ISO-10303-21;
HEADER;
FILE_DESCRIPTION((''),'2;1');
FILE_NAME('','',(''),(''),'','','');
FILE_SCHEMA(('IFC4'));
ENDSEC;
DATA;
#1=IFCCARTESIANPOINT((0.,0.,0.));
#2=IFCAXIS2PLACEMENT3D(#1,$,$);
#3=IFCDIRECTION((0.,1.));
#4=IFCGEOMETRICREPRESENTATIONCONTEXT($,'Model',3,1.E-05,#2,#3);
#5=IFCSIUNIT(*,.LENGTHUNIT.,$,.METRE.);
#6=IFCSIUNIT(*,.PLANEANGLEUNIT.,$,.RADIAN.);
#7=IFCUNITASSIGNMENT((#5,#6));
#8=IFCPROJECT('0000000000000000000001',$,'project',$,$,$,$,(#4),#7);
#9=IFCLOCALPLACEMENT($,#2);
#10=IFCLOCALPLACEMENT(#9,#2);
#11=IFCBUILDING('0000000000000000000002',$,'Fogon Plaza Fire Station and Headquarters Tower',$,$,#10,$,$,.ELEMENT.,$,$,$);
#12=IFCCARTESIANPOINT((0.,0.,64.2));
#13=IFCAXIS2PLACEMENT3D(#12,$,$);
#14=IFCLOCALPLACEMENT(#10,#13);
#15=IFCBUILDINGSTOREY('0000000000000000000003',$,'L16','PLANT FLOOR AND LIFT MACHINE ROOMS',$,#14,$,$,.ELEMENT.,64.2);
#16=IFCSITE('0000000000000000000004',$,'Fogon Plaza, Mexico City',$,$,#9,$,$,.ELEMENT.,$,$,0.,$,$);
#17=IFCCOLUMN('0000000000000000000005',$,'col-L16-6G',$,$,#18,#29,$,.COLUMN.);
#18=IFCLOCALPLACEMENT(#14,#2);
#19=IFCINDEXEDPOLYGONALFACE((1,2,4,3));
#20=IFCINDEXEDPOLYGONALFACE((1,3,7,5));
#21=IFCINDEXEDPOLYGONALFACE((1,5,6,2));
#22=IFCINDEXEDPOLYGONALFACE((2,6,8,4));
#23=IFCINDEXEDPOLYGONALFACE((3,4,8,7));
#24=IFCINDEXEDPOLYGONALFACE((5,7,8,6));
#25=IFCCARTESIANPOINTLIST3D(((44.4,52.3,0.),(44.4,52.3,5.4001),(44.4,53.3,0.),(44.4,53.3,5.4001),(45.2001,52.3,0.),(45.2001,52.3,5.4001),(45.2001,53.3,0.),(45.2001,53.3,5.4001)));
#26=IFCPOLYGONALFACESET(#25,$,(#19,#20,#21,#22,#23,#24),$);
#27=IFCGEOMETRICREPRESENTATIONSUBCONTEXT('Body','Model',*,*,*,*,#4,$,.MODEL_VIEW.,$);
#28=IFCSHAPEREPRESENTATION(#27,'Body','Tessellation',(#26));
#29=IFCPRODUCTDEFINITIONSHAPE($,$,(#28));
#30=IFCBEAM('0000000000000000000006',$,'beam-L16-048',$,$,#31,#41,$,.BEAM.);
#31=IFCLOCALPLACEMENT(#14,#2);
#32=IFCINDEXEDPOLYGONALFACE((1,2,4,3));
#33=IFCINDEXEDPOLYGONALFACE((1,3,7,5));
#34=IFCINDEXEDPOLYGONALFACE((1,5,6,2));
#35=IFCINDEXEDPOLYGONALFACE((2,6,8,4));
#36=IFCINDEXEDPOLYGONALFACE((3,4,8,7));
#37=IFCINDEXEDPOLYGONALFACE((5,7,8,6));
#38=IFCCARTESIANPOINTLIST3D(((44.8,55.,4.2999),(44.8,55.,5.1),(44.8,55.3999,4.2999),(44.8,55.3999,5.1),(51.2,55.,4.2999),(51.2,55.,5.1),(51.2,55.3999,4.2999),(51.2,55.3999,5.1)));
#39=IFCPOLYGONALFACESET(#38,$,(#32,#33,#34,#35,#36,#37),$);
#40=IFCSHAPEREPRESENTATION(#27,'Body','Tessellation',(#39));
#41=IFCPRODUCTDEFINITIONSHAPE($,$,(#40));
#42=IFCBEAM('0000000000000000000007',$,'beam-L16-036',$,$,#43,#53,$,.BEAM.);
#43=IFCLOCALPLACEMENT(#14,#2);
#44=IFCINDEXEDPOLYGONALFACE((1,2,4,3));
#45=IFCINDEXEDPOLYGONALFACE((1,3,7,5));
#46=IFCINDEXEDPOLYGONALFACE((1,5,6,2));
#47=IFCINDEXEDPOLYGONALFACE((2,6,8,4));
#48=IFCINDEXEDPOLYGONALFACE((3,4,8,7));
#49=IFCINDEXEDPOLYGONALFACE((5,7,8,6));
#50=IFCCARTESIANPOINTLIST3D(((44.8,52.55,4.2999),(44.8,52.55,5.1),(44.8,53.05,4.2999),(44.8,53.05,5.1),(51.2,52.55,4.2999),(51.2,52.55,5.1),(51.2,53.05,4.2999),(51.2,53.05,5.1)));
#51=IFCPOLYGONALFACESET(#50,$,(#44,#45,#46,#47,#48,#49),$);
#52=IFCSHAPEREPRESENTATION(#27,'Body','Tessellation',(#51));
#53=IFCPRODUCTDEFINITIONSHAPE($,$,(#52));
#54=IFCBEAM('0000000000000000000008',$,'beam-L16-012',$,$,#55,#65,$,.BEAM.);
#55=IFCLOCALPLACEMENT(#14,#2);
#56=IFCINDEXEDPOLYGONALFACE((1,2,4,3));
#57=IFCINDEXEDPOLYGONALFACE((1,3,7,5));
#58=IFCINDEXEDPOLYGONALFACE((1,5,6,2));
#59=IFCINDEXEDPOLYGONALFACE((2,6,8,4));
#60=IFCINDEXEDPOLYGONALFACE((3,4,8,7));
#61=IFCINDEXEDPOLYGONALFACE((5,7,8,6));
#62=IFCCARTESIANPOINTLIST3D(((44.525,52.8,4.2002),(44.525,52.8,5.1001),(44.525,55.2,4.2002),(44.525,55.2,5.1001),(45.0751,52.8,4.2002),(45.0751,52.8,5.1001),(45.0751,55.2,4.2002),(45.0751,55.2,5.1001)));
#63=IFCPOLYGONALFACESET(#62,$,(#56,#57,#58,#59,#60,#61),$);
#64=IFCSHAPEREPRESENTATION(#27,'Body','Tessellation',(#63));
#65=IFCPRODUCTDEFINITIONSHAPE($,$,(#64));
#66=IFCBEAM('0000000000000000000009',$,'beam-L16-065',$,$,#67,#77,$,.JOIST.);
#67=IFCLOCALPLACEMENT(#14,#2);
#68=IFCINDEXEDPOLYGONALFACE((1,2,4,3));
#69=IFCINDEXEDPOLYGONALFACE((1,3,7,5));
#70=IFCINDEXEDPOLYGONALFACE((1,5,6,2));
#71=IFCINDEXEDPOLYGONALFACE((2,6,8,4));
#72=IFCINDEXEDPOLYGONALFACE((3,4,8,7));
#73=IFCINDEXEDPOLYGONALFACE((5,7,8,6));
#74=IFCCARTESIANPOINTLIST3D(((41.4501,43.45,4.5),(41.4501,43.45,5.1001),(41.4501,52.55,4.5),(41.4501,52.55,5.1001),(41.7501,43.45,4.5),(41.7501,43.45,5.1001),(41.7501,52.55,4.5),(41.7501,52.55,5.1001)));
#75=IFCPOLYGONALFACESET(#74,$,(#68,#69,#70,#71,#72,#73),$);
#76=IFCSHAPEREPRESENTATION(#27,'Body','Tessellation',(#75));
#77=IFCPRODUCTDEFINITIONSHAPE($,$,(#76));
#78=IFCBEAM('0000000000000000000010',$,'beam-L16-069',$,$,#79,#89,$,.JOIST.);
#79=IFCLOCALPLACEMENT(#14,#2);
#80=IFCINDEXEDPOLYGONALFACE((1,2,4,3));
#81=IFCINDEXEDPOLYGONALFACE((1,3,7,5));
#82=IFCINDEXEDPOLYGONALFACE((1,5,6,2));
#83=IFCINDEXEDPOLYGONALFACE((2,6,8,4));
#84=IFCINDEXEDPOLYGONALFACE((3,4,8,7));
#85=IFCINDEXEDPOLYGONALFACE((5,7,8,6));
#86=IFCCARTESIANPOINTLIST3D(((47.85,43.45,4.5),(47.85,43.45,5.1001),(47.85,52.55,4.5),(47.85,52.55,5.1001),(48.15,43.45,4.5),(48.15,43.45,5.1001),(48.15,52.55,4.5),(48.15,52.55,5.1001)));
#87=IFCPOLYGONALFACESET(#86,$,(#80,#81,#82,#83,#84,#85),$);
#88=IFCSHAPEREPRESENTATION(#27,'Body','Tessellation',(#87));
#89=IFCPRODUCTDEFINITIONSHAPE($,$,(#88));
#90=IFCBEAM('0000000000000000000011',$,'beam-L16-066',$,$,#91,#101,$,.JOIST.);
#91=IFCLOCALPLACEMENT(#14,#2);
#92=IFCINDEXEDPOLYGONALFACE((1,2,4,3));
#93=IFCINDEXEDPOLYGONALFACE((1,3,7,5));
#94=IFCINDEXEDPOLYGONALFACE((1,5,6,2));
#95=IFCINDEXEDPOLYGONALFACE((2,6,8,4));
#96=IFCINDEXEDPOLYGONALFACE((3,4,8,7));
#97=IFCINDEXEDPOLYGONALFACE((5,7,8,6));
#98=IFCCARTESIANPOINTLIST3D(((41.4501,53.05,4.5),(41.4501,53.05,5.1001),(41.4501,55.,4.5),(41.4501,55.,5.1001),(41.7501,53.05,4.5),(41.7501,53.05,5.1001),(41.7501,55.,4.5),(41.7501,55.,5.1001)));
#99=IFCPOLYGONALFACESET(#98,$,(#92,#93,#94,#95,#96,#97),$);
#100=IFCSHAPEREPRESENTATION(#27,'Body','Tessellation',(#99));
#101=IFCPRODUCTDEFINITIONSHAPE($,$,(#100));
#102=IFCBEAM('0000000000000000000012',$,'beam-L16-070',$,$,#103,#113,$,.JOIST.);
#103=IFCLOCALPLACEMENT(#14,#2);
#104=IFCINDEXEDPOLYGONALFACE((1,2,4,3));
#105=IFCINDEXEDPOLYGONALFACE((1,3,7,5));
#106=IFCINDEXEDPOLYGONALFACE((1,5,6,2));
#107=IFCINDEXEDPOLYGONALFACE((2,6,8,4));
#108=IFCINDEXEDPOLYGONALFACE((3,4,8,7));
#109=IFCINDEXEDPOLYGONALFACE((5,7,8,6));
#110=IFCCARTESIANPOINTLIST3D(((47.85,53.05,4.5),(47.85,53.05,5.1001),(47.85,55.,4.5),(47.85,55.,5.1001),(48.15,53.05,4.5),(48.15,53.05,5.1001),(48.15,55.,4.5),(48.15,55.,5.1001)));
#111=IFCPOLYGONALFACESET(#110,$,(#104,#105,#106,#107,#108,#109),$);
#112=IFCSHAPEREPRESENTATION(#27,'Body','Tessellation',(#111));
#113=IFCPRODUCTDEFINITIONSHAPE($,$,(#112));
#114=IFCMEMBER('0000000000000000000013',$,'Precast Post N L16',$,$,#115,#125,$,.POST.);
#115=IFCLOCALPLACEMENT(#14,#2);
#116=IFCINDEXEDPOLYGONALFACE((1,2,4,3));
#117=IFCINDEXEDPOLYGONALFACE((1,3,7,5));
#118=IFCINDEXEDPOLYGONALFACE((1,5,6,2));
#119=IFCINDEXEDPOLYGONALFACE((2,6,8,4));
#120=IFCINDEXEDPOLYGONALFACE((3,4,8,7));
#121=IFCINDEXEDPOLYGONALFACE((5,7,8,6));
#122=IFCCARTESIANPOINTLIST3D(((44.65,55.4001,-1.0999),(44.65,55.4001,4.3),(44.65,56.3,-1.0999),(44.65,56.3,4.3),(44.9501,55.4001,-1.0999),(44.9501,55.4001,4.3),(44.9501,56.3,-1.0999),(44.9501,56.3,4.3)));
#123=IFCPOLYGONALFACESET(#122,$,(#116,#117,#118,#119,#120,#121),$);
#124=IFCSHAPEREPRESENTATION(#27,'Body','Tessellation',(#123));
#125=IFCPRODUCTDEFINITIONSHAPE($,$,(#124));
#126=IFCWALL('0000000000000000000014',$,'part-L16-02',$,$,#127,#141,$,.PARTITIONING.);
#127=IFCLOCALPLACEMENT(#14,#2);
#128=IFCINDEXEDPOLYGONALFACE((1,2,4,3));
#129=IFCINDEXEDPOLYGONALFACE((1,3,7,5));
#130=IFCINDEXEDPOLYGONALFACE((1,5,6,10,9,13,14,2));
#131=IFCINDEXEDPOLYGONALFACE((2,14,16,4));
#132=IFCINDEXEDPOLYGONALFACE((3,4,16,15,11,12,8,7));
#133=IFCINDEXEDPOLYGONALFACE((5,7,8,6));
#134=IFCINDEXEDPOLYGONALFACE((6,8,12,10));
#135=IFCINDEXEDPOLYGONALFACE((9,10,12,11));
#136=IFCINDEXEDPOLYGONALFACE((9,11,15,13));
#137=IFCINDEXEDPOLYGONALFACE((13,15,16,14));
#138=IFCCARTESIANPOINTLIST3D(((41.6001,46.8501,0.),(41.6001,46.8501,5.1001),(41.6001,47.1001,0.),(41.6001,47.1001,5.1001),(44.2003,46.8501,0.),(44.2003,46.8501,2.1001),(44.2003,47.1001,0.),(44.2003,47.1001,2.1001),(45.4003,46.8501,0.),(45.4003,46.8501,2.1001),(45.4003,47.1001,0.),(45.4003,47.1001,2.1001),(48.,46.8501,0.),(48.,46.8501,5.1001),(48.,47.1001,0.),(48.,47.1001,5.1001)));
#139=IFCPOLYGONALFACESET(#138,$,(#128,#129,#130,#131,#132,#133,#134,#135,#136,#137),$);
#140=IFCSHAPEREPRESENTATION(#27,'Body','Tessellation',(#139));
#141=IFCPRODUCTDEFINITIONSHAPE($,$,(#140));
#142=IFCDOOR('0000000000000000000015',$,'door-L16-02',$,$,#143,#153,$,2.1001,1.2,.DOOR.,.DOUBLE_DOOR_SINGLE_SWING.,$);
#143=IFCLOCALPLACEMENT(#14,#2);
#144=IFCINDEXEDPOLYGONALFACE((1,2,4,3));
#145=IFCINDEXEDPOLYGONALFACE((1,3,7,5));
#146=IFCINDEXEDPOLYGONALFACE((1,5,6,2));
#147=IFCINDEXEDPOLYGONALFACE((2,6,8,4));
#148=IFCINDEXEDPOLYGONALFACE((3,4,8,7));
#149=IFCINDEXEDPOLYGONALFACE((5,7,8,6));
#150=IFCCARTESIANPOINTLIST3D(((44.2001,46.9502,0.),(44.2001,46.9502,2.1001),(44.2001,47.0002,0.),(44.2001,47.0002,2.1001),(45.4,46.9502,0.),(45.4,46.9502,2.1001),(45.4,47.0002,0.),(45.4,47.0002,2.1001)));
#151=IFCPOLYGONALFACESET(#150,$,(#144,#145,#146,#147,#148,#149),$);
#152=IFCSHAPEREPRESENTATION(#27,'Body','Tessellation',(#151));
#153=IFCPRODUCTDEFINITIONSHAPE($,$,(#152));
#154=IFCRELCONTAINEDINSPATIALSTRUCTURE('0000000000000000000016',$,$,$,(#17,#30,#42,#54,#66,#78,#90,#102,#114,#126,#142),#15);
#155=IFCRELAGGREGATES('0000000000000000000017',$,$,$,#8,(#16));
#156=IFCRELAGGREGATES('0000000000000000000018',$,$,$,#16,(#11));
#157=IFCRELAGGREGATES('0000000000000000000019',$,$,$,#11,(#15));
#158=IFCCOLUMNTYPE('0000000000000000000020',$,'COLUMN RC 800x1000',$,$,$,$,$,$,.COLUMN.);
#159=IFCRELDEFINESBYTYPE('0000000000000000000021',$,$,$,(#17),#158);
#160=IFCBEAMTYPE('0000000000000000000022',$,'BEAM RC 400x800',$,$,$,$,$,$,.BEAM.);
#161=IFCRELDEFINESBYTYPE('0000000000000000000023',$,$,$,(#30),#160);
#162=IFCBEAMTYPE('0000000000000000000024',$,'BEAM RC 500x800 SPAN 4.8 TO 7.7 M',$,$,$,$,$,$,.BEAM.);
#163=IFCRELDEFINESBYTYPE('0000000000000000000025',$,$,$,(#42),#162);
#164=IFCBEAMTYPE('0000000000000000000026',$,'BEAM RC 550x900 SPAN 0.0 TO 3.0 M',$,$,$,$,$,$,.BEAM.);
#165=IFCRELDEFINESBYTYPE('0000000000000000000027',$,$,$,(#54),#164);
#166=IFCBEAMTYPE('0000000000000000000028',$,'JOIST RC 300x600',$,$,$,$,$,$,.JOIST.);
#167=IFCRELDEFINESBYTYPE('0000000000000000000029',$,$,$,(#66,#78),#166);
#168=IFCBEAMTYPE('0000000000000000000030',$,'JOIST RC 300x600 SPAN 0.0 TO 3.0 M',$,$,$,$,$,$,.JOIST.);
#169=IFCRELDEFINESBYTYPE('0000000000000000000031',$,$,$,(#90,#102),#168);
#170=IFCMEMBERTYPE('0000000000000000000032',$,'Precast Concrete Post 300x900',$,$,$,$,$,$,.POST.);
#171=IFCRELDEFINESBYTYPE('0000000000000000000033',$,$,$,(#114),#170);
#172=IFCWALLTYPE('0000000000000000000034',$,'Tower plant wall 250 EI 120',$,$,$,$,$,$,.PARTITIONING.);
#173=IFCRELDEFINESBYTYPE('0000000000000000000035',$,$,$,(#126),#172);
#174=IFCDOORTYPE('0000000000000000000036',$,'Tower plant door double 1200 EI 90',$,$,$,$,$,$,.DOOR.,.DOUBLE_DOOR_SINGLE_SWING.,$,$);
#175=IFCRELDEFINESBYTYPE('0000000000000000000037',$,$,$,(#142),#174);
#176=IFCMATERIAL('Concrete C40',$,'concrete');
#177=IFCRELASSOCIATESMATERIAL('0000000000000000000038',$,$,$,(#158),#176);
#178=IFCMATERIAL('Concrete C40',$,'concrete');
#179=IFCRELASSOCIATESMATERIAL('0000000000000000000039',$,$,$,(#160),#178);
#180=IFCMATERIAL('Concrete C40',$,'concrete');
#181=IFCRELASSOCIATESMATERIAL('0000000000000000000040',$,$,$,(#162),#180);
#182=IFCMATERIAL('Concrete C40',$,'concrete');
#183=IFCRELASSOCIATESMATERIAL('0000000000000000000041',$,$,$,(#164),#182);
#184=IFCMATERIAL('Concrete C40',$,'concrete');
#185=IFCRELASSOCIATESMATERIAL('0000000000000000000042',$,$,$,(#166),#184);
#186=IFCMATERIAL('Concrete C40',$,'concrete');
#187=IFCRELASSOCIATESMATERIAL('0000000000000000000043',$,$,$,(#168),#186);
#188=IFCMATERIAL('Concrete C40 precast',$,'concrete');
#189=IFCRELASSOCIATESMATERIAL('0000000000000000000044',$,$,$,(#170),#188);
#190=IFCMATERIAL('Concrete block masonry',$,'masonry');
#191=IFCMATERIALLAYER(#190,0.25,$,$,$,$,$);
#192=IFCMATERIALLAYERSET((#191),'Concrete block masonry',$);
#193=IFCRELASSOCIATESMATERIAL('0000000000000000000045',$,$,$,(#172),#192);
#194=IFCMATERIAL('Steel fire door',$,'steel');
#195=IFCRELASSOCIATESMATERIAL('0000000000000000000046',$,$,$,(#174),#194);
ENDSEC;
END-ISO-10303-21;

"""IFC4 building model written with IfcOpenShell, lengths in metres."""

from ifc_helpers import new_model, si_unit, direction, frame, frame_2d, origin, origin_2d, place, context, subcontext, project, spatial, rectangle, extrude, material, layer, layer_set, material_profile, profile_set, type_object, element, fill, save


model = new_model("IFC4")

# Units and contexts
model_context = context("Model", 3, precision=1e-05, world=origin(), true_north=direction((0.0, 1.0)))
body_context = subcontext(model_context, "Body", "Model", "MODEL_VIEW")
ifc_project = project(units=[si_unit("LENGTHUNIT", "METRE"), si_unit("PLANEANGLEUNIT", "RADIAN")], contexts=[model_context])

# Site, building, storey
site_placement = place(None, origin())
site = spatial("IfcSite", under=ifc_project, at=site_placement, Name="Fogon Plaza, Mexico City", CompositionType="ELEMENT", RefElevation=0.0)
building_placement = place(site_placement, origin())
building = spatial("IfcBuilding", under=site, at=building_placement, Name="Fogon Plaza Fire Station and Headquarters Tower", CompositionType="ELEMENT")
storey_placement = place(building_placement, frame((0.0, 0.0, 64.2)))
storey = spatial("IfcBuildingStorey", under=building, at=storey_placement, Name="L16", Description="PLANT FLOOR AND LIFT MACHINE ROOMS", CompositionType="ELEMENT", Elevation=64.2)

# Column
ifc_material_1 = material(Name="Concrete C40", Category="concrete")
ifc_material_profile_1 = material_profile(ifc_material_1, rectangle(XDim=0.8, YDim=1.0, at=origin_2d()), Name="RC 800x1000")
ifc_profile_set_1 = profile_set([ifc_material_profile_1], Name="Concrete C40")
column_type = type_object("IfcColumnType", Name="COLUMN RC 800x1000", PredefinedType="COLUMN", material=ifc_profile_set_1)
column_placement = place(storey_placement, frame((44.8, 52.8, 0.0), z_axis=(0.0, 0.0, 1.0), x_axis=(1.0, 0.0, 0.0)))
element("IfcColumn", 1, at=column_placement, inside=storey, type_object=column_type, Name="col-L16-6G", PredefinedType="COLUMN", context=body_context, shape_type="SweptSolid", body=[
    extrude(rectangle(XDim=0.8, YDim=1.0, at=origin_2d()), origin(), (0.0, 0.0, 1.0), 5.4001),
])

# Beams
ifc_material_2 = material(Name="Concrete C40", Category="concrete")
ifc_material_profile_2 = material_profile(ifc_material_2, rectangle(XDim=0.3999, YDim=0.8, at=origin_2d()), Name="RC 400x800")
ifc_profile_set_2 = profile_set([ifc_material_profile_2], Name="Concrete C40")
beam_type_1 = type_object("IfcBeamType", Name="BEAM RC 400x800", PredefinedType="BEAM", material=ifc_profile_set_2)
beam_1_placement = place(storey_placement, frame((44.8, 55.2, 4.7), z_axis=(1.0, 0.0, 0.0), x_axis=(0.0, 1.0, 0.0)))
element("IfcBeam", 2, at=beam_1_placement, inside=storey, type_object=beam_type_1, Name="beam-L16-048", PredefinedType="BEAM", context=body_context, shape_type="SweptSolid", body=[
    extrude(rectangle(XDim=0.3999, YDim=0.8, at=origin_2d()), origin(), (0.0, 0.0, 1.0), 6.3999),
])
ifc_material_3 = material(Name="Concrete C40", Category="concrete")
ifc_material_profile_3 = material_profile(ifc_material_3, rectangle(XDim=0.5, YDim=0.8, at=origin_2d()), Name="RC 500x800")
ifc_profile_set_3 = profile_set([ifc_material_profile_3], Name="Concrete C40")
beam_type_2 = type_object("IfcBeamType", Name="BEAM RC 500x800 SPAN 4.8 TO 7.7 M", PredefinedType="BEAM", material=ifc_profile_set_3)
beam_2_placement = place(storey_placement, frame((44.8, 52.8, 4.7), z_axis=(1.0, 0.0, 0.0), x_axis=(0.0, 1.0, 0.0)))
element("IfcBeam", 3, at=beam_2_placement, inside=storey, type_object=beam_type_2, Name="beam-L16-036", PredefinedType="BEAM", context=body_context, shape_type="SweptSolid", body=[
    extrude(rectangle(XDim=0.5, YDim=0.8, at=origin_2d()), origin(), (0.0, 0.0, 1.0), 6.3999),
])
ifc_material_4 = material(Name="Concrete C40", Category="concrete")
ifc_material_profile_4 = material_profile(ifc_material_4, rectangle(XDim=0.55, YDim=0.8999, at=origin_2d()), Name="RC 550x900")
ifc_profile_set_4 = profile_set([ifc_material_profile_4], Name="Concrete C40")
beam_type_3 = type_object("IfcBeamType", Name="BEAM RC 550x900 SPAN 0.0 TO 3.0 M", PredefinedType="BEAM", material=ifc_profile_set_4)
beam_3_placement = place(storey_placement, frame((44.8, 52.8, 4.6501), z_axis=(0.0, 1.0, 0.0), x_axis=(-1.0, 0.0, 0.0)))
element("IfcBeam", 4, at=beam_3_placement, inside=storey, type_object=beam_type_3, Name="beam-L16-012", PredefinedType="BEAM", context=body_context, shape_type="SweptSolid", body=[
    extrude(rectangle(XDim=0.55, YDim=0.8999, at=origin_2d()), origin(), (0.0, 0.0, 1.0), 2.3999),
])
ifc_material_5 = material(Name="Concrete C40", Category="concrete")
ifc_material_profile_5 = material_profile(ifc_material_5, rectangle(XDim=0.3, YDim=0.6001, at=origin_2d()), Name="RC 300x600")
ifc_profile_set_5 = profile_set([ifc_material_profile_5], Name="Concrete C40")
beam_type_4 = type_object("IfcBeamType", Name="JOIST RC 300x600", PredefinedType="JOIST", material=ifc_profile_set_5)
for number, where, z_axis, x_axis, name in (
    (5, (41.6001, 43.45, 4.8), (0.0, 1.0, 0.0), (-1.0, 0.0, 0.0), "beam-L16-065"),
    (6, (48.0, 43.45, 4.8), (0.0, 1.0, 0.0), (-1.0, 0.0, 0.0), "beam-L16-069"),
):
    element("IfcBeam", number, at=place(storey_placement, frame(where, z_axis=z_axis, x_axis=x_axis)), inside=storey, type_object=beam_type_4, Name=name, PredefinedType="JOIST", context=body_context, shape_type="SweptSolid", body=[
        extrude(rectangle(XDim=0.3, YDim=0.6001, at=origin_2d()), origin(), (0.0, 0.0, 1.0), 9.1001),
    ])
ifc_material_6 = material(Name="Concrete C40", Category="concrete")
ifc_material_profile_6 = material_profile(ifc_material_6, rectangle(XDim=0.3, YDim=0.6001, at=origin_2d()), Name="RC 300x600")
ifc_profile_set_6 = profile_set([ifc_material_profile_6], Name="Concrete C40")
beam_type_5 = type_object("IfcBeamType", Name="JOIST RC 300x600 SPAN 0.0 TO 3.0 M", PredefinedType="JOIST", material=ifc_profile_set_6)
for number, where, z_axis, x_axis, name in (
    (7, (41.6001, 53.05, 4.8), (0.0, 1.0, 0.0), (-1.0, 0.0, 0.0), "beam-L16-066"),
    (8, (48.0, 53.05, 4.8), (0.0, 1.0, 0.0), (-1.0, 0.0, 0.0), "beam-L16-070"),
):
    element("IfcBeam", number, at=place(storey_placement, frame(where, z_axis=z_axis, x_axis=x_axis)), inside=storey, type_object=beam_type_5, Name=name, PredefinedType="JOIST", context=body_context, shape_type="SweptSolid", body=[
        extrude(rectangle(XDim=0.3, YDim=0.6001, at=origin_2d()), origin(), (0.0, 0.0, 1.0), 1.95),
    ])

# Member
ifc_material_7 = material(Name="Concrete C40 precast", Category="concrete")
ifc_material_profile_7 = material_profile(ifc_material_7, rectangle(XDim=0.3, YDim=0.8999, at=origin_2d()), Name="Precast Concrete Post 300x900")
ifc_profile_set_7 = profile_set([ifc_material_profile_7], Name="Concrete C40 precast")
member_type = type_object("IfcMemberType", Name="Precast Concrete Post 300x900", PredefinedType="POST", material=ifc_profile_set_7)
member_placement = place(storey_placement, frame((44.8, 55.8501, -1.0999), z_axis=(0.0, 0.0, 1.0), x_axis=(1.0, 0.0, 0.0)))
element("IfcMember", 9, at=member_placement, inside=storey, type_object=member_type, Name="Precast Post N L16", PredefinedType="POST", context=body_context, shape_type="SweptSolid", body=[
    extrude(rectangle(XDim=0.3, YDim=0.8999, at=origin_2d()), origin(), (0.0, 0.0, 1.0), 5.3999),
])

# Wall, opening, door
ifc_material_8 = material(Name="Concrete block masonry", Category="masonry")
ifc_layer_1 = layer(ifc_material_8, 0.25)
ifc_layer_set_1 = layer_set([ifc_layer_1], Name="Concrete block masonry")
wall_type = type_object("IfcWallType", Name="Tower plant wall 250 EI 120", PredefinedType="PARTITIONING", material=ifc_layer_set_1)
wall_1_placement = place(storey_placement, frame((41.6001, 46.9751, 0.0), z_axis=(0.0, 0.0, 1.0), x_axis=(1.0, 0.0, 0.0)))
wall_1 = element("IfcWall", 10, at=wall_1_placement, inside=storey, type_object=wall_type, Name="part-L16-02", PredefinedType="PARTITIONING", context=body_context, shape_type="SweptSolid", body=[
    extrude(rectangle(XDim=6.3999, YDim=0.25, at=frame_2d((3.2, 0.0))), origin(), (0.0, 0.0, 1.0), 5.1001),
])
opening_1_placement = place(wall_1_placement, frame((2.6001, 0.0, 0.0)))
opening_1 = element("IfcOpeningElement", 11, at=opening_1_placement, cuts=wall_1, PredefinedType="OPENING", context=body_context, shape_type="SweptSolid", body=[
    extrude(rectangle(XDim=1.2, YDim=2.1001, at=frame_2d((0.6001, 1.05))), frame((0.0, 0.135, 0.0), z_axis=(0.0, -1.0, 0.0), x_axis=(1.0, 0.0, 0.0)), (0.0, 0.0, 1.0), 0.27),
])
ifc_material_9 = material(Name="Steel fire door", Category="steel")
door_type = type_object("IfcDoorType", Name="Tower plant door double 1200 EI 90", OperationType="DOUBLE_DOOR_SINGLE_SWING", PredefinedType="DOOR", material=ifc_material_9)
door_1_placement = place(opening_1_placement, frame((1.2, 0.0, 0.0), z_axis=(0.0, 0.0, 1.0), x_axis=(-1.0, 0.0, 0.0)))
door_1 = element("IfcDoor", 12, at=door_1_placement, inside=storey, type_object=door_type, Name="door-L16-02", OperationType="DOUBLE_DOOR_SINGLE_SWING", OverallHeight=2.1001, OverallWidth=1.2, PredefinedType="DOOR", context=body_context, shape_type="SweptSolid", body=[
    extrude(rectangle(XDim=1.2, YDim=2.1001, at=frame_2d((0.6001, 1.05))), frame((0.0, 0.0249, 0.0), z_axis=(0.0, -1.0, 0.0), x_axis=(1.0, 0.0, 0.0)), (0.0, 0.0, 1.0), 0.05),
])
fill(opening_1, door_1)

save(model, "model.ifc")
